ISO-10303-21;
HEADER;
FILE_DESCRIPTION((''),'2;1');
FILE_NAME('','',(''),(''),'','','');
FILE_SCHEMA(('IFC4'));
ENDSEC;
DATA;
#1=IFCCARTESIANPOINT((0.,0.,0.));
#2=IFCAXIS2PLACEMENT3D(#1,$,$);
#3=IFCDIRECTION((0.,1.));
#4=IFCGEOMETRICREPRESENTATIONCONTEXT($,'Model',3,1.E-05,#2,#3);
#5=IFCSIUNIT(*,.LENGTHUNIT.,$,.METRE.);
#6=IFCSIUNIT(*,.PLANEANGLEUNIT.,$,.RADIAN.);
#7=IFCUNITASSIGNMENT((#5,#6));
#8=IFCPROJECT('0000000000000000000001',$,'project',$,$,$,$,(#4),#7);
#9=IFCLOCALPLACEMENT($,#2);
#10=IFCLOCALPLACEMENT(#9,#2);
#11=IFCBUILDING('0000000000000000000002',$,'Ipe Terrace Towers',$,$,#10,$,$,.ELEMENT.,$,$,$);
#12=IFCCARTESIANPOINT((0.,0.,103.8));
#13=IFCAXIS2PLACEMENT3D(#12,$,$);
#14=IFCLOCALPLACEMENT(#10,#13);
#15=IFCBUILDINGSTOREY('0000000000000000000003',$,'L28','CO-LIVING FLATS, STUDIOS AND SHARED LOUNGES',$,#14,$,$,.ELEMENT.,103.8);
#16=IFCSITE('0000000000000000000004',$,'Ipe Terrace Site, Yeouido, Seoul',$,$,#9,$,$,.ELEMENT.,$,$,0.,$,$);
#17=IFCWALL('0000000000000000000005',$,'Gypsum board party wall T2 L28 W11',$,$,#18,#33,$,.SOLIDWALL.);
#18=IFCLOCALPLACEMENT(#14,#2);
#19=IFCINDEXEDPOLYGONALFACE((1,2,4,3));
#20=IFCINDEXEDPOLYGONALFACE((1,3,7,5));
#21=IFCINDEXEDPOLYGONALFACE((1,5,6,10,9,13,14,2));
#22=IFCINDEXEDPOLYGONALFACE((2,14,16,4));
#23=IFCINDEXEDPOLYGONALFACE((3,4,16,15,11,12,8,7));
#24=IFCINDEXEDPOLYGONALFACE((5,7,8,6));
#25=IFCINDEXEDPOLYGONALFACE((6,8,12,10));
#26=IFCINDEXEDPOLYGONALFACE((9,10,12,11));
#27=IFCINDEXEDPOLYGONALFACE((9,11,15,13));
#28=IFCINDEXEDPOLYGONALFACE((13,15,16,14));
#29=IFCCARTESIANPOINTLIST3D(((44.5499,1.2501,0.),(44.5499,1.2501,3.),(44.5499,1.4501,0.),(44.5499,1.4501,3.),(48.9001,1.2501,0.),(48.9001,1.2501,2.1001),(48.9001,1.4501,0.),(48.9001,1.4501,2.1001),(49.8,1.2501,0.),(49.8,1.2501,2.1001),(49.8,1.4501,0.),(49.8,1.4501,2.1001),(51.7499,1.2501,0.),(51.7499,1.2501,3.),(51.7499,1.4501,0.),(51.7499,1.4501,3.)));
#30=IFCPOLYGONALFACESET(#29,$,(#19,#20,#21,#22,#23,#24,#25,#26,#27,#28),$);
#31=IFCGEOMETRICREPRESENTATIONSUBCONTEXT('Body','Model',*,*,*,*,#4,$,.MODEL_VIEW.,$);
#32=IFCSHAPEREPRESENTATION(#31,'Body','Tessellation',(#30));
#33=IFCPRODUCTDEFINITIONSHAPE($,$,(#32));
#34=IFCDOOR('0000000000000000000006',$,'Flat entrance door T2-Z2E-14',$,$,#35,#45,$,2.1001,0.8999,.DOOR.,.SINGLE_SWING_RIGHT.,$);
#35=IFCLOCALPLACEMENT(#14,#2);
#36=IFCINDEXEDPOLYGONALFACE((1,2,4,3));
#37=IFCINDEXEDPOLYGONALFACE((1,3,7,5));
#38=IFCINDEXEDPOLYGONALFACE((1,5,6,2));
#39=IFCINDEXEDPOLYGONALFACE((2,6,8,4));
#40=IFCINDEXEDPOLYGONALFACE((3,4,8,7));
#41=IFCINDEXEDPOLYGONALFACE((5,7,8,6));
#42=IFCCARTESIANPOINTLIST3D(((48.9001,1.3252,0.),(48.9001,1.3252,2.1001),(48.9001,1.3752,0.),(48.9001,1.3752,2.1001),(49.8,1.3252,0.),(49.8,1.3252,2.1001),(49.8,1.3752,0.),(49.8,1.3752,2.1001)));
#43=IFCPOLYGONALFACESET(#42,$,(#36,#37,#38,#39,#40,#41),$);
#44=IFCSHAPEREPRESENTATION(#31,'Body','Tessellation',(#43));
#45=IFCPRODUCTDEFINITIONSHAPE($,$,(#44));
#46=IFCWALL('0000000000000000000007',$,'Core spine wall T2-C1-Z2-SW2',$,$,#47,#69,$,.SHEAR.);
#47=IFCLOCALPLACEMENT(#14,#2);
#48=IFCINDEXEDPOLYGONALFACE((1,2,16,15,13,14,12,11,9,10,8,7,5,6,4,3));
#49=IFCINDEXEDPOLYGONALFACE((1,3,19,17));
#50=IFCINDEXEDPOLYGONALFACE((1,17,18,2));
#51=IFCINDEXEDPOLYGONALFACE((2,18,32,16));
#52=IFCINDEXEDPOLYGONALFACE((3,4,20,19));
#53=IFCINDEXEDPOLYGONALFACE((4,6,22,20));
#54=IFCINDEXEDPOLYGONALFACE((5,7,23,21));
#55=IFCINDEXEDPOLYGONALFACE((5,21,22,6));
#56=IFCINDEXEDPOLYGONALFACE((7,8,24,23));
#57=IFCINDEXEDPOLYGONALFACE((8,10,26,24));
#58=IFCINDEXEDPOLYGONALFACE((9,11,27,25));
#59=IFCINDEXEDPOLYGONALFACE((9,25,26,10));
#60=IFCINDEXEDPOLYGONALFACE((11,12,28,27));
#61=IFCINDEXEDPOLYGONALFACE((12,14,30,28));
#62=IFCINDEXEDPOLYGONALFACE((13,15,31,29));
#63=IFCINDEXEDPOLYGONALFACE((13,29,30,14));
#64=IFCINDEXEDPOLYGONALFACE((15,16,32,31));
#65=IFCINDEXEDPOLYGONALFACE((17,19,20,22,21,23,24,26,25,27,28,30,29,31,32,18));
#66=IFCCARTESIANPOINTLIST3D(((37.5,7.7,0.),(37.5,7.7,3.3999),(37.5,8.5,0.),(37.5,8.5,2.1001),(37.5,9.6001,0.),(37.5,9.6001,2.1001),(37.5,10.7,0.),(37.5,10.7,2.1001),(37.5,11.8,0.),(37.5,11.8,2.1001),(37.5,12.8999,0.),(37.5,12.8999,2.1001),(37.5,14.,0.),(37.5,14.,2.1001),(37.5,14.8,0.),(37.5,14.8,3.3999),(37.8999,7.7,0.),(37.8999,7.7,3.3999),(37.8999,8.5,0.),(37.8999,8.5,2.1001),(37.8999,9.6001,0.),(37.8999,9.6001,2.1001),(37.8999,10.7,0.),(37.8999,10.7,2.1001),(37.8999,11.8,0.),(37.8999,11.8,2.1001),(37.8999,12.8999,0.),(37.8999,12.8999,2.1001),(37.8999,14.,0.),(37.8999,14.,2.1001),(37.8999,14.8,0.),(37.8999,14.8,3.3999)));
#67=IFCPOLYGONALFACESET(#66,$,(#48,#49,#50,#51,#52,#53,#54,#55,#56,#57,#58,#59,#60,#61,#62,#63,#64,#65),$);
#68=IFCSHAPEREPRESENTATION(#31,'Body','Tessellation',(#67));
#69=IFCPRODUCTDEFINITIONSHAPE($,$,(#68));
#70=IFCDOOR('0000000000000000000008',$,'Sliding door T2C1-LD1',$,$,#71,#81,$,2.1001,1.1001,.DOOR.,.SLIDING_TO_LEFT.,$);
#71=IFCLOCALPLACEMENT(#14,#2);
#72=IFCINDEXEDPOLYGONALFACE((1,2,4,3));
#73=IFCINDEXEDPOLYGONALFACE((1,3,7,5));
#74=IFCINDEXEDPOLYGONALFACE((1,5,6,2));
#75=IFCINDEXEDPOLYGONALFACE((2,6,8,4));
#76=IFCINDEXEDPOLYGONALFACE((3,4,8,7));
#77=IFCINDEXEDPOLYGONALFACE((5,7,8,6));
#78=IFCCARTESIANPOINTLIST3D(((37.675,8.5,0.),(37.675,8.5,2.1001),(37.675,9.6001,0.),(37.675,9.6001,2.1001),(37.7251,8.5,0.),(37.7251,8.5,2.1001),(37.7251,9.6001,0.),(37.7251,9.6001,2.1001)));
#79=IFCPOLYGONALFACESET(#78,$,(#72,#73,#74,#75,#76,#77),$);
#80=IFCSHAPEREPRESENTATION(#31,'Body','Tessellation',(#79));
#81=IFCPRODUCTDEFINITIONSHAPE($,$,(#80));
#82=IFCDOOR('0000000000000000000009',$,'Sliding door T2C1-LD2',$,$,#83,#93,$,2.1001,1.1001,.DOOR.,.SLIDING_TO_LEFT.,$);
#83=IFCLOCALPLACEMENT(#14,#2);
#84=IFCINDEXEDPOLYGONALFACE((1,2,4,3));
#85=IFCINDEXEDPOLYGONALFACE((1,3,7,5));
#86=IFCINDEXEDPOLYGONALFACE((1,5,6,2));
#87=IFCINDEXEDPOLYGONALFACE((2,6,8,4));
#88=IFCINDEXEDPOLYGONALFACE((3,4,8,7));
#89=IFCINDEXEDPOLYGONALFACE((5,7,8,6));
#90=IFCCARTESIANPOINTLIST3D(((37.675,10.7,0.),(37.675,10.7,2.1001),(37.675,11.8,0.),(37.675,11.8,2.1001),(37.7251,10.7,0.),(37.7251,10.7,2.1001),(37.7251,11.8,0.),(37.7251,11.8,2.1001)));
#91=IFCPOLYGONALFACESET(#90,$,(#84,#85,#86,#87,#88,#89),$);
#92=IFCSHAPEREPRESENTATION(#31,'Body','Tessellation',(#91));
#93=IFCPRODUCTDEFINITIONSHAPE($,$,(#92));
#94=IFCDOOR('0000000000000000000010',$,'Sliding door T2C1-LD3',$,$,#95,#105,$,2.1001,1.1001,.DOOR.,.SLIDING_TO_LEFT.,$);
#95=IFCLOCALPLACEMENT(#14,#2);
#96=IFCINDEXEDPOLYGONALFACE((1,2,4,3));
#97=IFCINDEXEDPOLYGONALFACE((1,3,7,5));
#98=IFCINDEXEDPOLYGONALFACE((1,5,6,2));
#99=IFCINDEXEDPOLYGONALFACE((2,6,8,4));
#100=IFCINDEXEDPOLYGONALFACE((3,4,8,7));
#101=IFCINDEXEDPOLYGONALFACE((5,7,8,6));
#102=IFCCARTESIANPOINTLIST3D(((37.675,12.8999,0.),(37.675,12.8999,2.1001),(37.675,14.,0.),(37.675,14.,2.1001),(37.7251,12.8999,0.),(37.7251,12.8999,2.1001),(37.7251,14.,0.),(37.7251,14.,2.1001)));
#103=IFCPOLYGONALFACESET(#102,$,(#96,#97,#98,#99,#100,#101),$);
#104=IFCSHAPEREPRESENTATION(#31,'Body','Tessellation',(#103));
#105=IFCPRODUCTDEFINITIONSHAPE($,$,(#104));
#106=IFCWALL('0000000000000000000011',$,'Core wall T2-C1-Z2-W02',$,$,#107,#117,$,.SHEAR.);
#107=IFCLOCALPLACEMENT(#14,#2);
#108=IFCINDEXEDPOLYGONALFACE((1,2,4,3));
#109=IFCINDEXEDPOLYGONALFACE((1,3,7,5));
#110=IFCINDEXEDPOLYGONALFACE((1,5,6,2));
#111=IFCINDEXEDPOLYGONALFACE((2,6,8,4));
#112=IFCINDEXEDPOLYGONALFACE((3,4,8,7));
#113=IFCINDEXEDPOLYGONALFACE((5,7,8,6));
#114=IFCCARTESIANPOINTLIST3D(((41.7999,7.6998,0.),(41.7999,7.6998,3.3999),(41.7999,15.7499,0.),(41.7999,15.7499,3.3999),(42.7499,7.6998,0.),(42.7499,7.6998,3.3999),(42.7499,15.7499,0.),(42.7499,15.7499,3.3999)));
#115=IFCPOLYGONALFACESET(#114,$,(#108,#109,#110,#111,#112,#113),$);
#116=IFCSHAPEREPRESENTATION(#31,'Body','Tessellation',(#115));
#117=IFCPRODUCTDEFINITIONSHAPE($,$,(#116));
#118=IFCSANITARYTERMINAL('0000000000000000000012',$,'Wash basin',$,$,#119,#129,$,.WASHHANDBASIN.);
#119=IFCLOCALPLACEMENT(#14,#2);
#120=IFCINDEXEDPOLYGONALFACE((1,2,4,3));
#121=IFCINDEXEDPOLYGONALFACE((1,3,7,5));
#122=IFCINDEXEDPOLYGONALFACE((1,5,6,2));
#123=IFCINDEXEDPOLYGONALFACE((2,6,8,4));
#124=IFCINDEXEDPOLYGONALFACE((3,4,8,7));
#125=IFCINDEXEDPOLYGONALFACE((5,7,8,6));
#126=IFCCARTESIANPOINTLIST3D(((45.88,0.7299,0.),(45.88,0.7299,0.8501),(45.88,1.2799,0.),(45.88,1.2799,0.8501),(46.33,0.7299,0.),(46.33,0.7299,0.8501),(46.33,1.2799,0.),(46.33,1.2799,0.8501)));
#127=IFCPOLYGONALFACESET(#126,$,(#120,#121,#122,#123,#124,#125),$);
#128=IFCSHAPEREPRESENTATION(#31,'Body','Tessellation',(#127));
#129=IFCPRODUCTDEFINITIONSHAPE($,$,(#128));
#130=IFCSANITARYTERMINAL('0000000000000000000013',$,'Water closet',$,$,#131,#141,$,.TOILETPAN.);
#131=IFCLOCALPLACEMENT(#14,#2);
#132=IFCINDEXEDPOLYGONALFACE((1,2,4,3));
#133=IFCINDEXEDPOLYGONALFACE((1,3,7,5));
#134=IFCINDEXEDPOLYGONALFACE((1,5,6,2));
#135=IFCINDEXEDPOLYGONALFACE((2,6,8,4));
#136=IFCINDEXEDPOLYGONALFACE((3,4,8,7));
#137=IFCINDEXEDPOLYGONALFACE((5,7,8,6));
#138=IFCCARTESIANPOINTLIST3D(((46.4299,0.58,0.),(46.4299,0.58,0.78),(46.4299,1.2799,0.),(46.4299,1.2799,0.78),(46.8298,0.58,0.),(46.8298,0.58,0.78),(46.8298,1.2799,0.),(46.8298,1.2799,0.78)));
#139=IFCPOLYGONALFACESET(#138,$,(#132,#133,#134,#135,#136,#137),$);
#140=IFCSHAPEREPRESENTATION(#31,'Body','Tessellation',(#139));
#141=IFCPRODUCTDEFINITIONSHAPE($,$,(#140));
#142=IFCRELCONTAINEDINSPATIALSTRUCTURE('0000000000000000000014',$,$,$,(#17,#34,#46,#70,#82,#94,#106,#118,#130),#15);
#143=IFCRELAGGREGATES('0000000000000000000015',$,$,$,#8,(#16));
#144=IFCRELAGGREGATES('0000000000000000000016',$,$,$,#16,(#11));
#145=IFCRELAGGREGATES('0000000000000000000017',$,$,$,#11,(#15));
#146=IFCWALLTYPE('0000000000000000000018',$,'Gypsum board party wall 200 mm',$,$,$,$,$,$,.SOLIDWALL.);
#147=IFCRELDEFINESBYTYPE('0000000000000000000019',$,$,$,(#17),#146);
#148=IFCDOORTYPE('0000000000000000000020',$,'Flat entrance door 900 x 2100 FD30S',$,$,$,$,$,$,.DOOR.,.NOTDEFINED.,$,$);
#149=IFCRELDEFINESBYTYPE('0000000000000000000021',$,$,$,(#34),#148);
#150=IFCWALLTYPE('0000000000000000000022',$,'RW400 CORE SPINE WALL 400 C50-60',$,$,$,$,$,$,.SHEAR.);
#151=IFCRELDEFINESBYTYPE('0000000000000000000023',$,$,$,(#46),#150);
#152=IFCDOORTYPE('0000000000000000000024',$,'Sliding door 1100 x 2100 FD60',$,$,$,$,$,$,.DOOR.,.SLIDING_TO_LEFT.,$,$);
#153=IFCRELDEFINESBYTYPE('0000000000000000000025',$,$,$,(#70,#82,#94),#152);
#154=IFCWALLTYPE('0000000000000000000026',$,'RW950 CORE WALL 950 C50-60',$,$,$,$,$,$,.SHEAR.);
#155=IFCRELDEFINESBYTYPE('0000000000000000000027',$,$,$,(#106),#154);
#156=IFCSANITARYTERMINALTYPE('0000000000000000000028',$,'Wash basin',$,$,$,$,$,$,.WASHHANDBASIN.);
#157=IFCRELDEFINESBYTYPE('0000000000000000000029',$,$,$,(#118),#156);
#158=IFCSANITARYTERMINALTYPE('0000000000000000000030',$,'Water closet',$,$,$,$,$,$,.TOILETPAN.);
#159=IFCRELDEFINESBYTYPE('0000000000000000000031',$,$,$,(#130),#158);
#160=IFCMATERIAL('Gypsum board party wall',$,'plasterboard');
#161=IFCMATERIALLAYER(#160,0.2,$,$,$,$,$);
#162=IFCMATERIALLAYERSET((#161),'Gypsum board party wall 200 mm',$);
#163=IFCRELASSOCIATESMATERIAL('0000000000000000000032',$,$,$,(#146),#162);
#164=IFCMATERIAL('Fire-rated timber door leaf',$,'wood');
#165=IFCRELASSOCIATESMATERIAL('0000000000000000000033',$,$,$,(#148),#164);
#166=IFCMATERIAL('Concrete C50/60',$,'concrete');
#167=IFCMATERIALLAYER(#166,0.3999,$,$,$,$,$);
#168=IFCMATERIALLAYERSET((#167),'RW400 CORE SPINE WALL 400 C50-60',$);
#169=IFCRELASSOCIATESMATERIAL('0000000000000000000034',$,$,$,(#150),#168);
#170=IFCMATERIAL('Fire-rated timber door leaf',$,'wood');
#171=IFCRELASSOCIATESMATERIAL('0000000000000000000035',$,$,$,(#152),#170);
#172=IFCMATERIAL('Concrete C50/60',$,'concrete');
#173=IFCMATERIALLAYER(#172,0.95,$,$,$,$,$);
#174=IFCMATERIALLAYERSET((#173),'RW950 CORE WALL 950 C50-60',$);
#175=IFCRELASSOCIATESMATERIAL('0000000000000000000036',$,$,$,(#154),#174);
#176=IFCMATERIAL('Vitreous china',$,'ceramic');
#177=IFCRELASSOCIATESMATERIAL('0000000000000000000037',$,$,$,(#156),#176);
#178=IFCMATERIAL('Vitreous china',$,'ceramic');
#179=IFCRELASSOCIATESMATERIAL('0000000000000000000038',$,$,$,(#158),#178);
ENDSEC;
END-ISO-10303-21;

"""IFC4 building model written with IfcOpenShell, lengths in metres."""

from ifc_helpers import new_model, si_unit, direction, frame, frame_2d, origin, origin_2d, place, context, subcontext, project, spatial, rectangle, extrude, material, layer, layer_set, type_object, element, fill, save


model = new_model("IFC4")

# Units and contexts
model_context = context("Model", 3, precision=1e-05, world=origin(), true_north=direction((0.0, 1.0)))
body_context = subcontext(model_context, "Body", "Model", "MODEL_VIEW")
ifc_project = project(units=[si_unit("LENGTHUNIT", "METRE"), si_unit("PLANEANGLEUNIT", "RADIAN")], contexts=[model_context])

# Site, building, storey
site_placement = place(None, origin())
site = spatial("IfcSite", under=ifc_project, at=site_placement, Name="Ipe Terrace Site, Yeouido, Seoul", CompositionType="ELEMENT", RefElevation=0.0)
building_placement = place(site_placement, origin())
building = spatial("IfcBuilding", under=site, at=building_placement, Name="Ipe Terrace Towers", CompositionType="ELEMENT")
storey_placement = place(building_placement, frame((0.0, 0.0, 103.8)))
storey = spatial("IfcBuildingStorey", under=building, at=storey_placement, Name="L28", Description="CO-LIVING FLATS, STUDIOS AND SHARED LOUNGES", CompositionType="ELEMENT", Elevation=103.8)

# Shared definitions
ifc_material_1 = material(Name="Gypsum board party wall", Category="plasterboard")
ifc_layer_1 = layer(ifc_material_1, 0.2)
ifc_layer_set_1 = layer_set([ifc_layer_1], Name="Gypsum board party wall 200 mm")
wall_type_1 = type_object("IfcWallType", Name="Gypsum board party wall 200 mm", PredefinedType="SOLIDWALL", material=ifc_layer_set_1)

# Wall, opening, door
wall_1_placement = place(storey_placement, frame((51.75, 1.3501, 0.0), z_axis=(0.0, 0.0, 1.0), x_axis=(-1.0, 0.0, 0.0)))
wall_1 = element("IfcWall", 1, at=wall_1_placement, inside=storey, type_object=wall_type_1, Name="Gypsum board party wall T2 L28 W11", PredefinedType="SOLIDWALL", context=body_context, shape_type="SweptSolid", body=[
    extrude(rectangle(XDim=7.2, YDim=0.2, at=frame_2d((3.6001, 0.0))), origin(), (0.0, 0.0, 1.0), 3.0),
])
opening_1_placement = place(wall_1_placement, frame((1.95, 0.0, 0.0)))
opening_1 = element("IfcOpeningElement", 2, at=opening_1_placement, cuts=wall_1, PredefinedType="OPENING", context=body_context, shape_type="SweptSolid", body=[
    extrude(rectangle(XDim=0.8999, YDim=2.1001, at=frame_2d((0.45, 1.05))), frame((0.0, 0.1099, 0.0), z_axis=(0.0, -1.0, 0.0), x_axis=(1.0, 0.0, 0.0)), (0.0, 0.0, 1.0), 0.22),
])
ifc_material_2 = material(Name="Fire-rated timber door leaf", Category="wood")
door_type_1 = type_object("IfcDoorType", Name="Flat entrance door 900 x 2100 FD30S", OperationType="NOTDEFINED", PredefinedType="DOOR", material=ifc_material_2)
door_1_placement = place(opening_1_placement, origin())
door_1 = element("IfcDoor", 3, at=door_1_placement, inside=storey, type_object=door_type_1, Name="Flat entrance door T2-Z2E-14", OperationType="SINGLE_SWING_RIGHT", OverallHeight=2.1001, OverallWidth=0.8999, PredefinedType="DOOR", context=body_context, shape_type="SweptSolid", body=[
    extrude(rectangle(XDim=0.8999, YDim=2.1001, at=frame_2d((0.45, 1.05))), frame((0.0, 0.0249, 0.0), z_axis=(0.0, -1.0, 0.0), x_axis=(1.0, 0.0, 0.0)), (0.0, 0.0, 1.0), 0.05),
])
fill(opening_1, door_1)

# Wall, openings, doors
ifc_material_3 = material(Name="Concrete C50/60", Category="concrete")
ifc_layer_2 = layer(ifc_material_3, 0.3999)
ifc_layer_set_2 = layer_set([ifc_layer_2], Name="RW400 CORE SPINE WALL 400 C50-60")
wall_type_2 = type_object("IfcWallType", Name="RW400 CORE SPINE WALL 400 C50-60", PredefinedType="SHEAR", material=ifc_layer_set_2)
wall_2_placement = place(storey_placement, frame((37.7, 7.7, 0.0), z_axis=(0.0, 0.0, 1.0), x_axis=(0.0, 1.0, 0.0)))
wall_2 = element("IfcWall", 4, at=wall_2_placement, inside=storey, type_object=wall_type_2, Name="Core spine wall T2-C1-Z2-SW2", PredefinedType="SHEAR", context=body_context, shape_type="SweptSolid", body=[
    extrude(rectangle(XDim=7.1001, YDim=0.3999, at=frame_2d((3.55, 0.0))), origin(), (0.0, 0.0, 1.0), 3.3999),
])
opening_2_placement = place(wall_2_placement, frame((0.8, 0.0, 0.0)))
opening_2 = element("IfcOpeningElement", 5, at=opening_2_placement, cuts=wall_2, PredefinedType="OPENING", context=body_context, shape_type="SweptSolid", body=[
    extrude(rectangle(XDim=1.1001, YDim=2.1001, at=frame_2d((0.55, 1.05))), frame((0.0, 0.21, 0.0), z_axis=(0.0, -1.0, 0.0), x_axis=(1.0, 0.0, 0.0)), (0.0, 0.0, 1.0), 0.4199),
])
opening_3_placement = place(wall_2_placement, frame((3.0, 0.0, 0.0)))
opening_3 = element("IfcOpeningElement", 6, at=opening_3_placement, cuts=wall_2, PredefinedType="OPENING", context=body_context, shape_type="SweptSolid", body=[
    extrude(rectangle(XDim=1.1001, YDim=2.1001, at=frame_2d((0.55, 1.05))), frame((0.0, 0.21, 0.0), z_axis=(0.0, -1.0, 0.0), x_axis=(1.0, 0.0, 0.0)), (0.0, 0.0, 1.0), 0.4199),
])
opening_4_placement = place(wall_2_placement, frame((5.2, 0.0, 0.0)))
opening_4 = element("IfcOpeningElement", 7, at=opening_4_placement, cuts=wall_2, PredefinedType="OPENING", context=body_context, shape_type="SweptSolid", body=[
    extrude(rectangle(XDim=1.1001, YDim=2.1001, at=frame_2d((0.55, 1.05))), frame((0.0, 0.21, 0.0), z_axis=(0.0, -1.0, 0.0), x_axis=(1.0, 0.0, 0.0)), (0.0, 0.0, 1.0), 0.4199),
])
ifc_material_4 = material(Name="Fire-rated timber door leaf", Category="wood")
door_type_2 = type_object("IfcDoorType", Name="Sliding door 1100 x 2100 FD60", OperationType="SLIDING_TO_LEFT", PredefinedType="DOOR", material=ifc_material_4)
door_2_placement = place(opening_2_placement, origin())
door_2 = element("IfcDoor", 8, at=door_2_placement, inside=storey, type_object=door_type_2, Name="Sliding door T2C1-LD1", OperationType="SLIDING_TO_LEFT", OverallHeight=2.1001, OverallWidth=1.1001, PredefinedType="DOOR", context=body_context, shape_type="SweptSolid", body=[
    extrude(rectangle(XDim=1.1001, YDim=2.1001, at=frame_2d((0.55, 1.05))), frame((0.0, 0.0249, 0.0), z_axis=(0.0, -1.0, 0.0), x_axis=(1.0, 0.0, 0.0)), (0.0, 0.0, 1.0), 0.05),
])
fill(opening_2, door_2)
door_3_placement = place(opening_3_placement, origin())
door_3 = element("IfcDoor", 9, at=door_3_placement, inside=storey, type_object=door_type_2, Name="Sliding door T2C1-LD2", OperationType="SLIDING_TO_LEFT", OverallHeight=2.1001, OverallWidth=1.1001, PredefinedType="DOOR", context=body_context, shape_type="SweptSolid", body=[
    extrude(rectangle(XDim=1.1001, YDim=2.1001, at=frame_2d((0.55, 1.05))), frame((0.0, 0.0249, 0.0), z_axis=(0.0, -1.0, 0.0), x_axis=(1.0, 0.0, 0.0)), (0.0, 0.0, 1.0), 0.05),
])
fill(opening_3, door_3)
door_4_placement = place(opening_4_placement, origin())
door_4 = element("IfcDoor", 10, at=door_4_placement, inside=storey, type_object=door_type_2, Name="Sliding door T2C1-LD3", OperationType="SLIDING_TO_LEFT", OverallHeight=2.1001, OverallWidth=1.1001, PredefinedType="DOOR", context=body_context, shape_type="SweptSolid", body=[
    extrude(rectangle(XDim=1.1001, YDim=2.1001, at=frame_2d((0.55, 1.05))), frame((0.0, 0.0249, 0.0), z_axis=(0.0, -1.0, 0.0), x_axis=(1.0, 0.0, 0.0)), (0.0, 0.0, 1.0), 0.05),
])
fill(opening_4, door_4)

# Wall
ifc_material_5 = material(Name="Concrete C50/60", Category="concrete")
ifc_layer_3 = layer(ifc_material_5, 0.95)
ifc_layer_set_3 = layer_set([ifc_layer_3], Name="RW950 CORE WALL 950 C50-60")
wall_type_3 = type_object("IfcWallType", Name="RW950 CORE WALL 950 C50-60", PredefinedType="SHEAR", material=ifc_layer_set_3)
wall_3_placement = place(storey_placement, frame((42.2749, 7.7, 0.0), z_axis=(0.0, 0.0, 1.0), x_axis=(0.0, 1.0, 0.0)))
element("IfcWall", 11, at=wall_3_placement, inside=storey, type_object=wall_type_3, Name="Core wall T2-C1-Z2-W02", PredefinedType="SHEAR", context=body_context, shape_type="SweptSolid", body=[
    extrude(rectangle(XDim=8.05, YDim=0.95, at=frame_2d((4.0249, 0.0))), origin(), (0.0, 0.0, 1.0), 3.3999),
])

# Sanitary terminals
ifc_material_6 = material(Name="Vitreous china", Category="ceramic")
sanitary_terminal_type_1 = type_object("IfcSanitaryTerminalType", Name="Wash basin", PredefinedType="WASHHANDBASIN", material=ifc_material_6)
sanitary_terminal_1_placement = place(storey_placement, frame((46.105, 1.0049, 0.0), z_axis=(0.0, 0.0, 1.0), x_axis=(0.0, -1.0, 0.0)))
element("IfcSanitaryTerminal", 12, at=sanitary_terminal_1_placement, inside=storey, type_object=sanitary_terminal_type_1, Name="Wash basin", PredefinedType="WASHHANDBASIN", context=body_context, shape_type="SweptSolid", body=[
    extrude(rectangle(XDim=0.55, YDim=0.45, at=origin_2d()), origin(), (0.0, 0.0, 1.0), 0.8501),
])
ifc_material_7 = material(Name="Vitreous china", Category="ceramic")
sanitary_terminal_type_2 = type_object("IfcSanitaryTerminalType", Name="Water closet", PredefinedType="TOILETPAN", material=ifc_material_7)
sanitary_terminal_2_placement = place(storey_placement, frame((46.6299, 0.9299, 0.0), z_axis=(0.0, 0.0, 1.0), x_axis=(0.0, -1.0, 0.0)))
element("IfcSanitaryTerminal", 13, at=sanitary_terminal_2_placement, inside=storey, type_object=sanitary_terminal_type_2, Name="Water closet", PredefinedType="TOILETPAN", context=body_context, shape_type="SweptSolid", body=[
    extrude(rectangle(XDim=0.7, YDim=0.3999, at=origin_2d()), origin(), (0.0, 0.0, 1.0), 0.78),
])

save(model, "model.ifc")
